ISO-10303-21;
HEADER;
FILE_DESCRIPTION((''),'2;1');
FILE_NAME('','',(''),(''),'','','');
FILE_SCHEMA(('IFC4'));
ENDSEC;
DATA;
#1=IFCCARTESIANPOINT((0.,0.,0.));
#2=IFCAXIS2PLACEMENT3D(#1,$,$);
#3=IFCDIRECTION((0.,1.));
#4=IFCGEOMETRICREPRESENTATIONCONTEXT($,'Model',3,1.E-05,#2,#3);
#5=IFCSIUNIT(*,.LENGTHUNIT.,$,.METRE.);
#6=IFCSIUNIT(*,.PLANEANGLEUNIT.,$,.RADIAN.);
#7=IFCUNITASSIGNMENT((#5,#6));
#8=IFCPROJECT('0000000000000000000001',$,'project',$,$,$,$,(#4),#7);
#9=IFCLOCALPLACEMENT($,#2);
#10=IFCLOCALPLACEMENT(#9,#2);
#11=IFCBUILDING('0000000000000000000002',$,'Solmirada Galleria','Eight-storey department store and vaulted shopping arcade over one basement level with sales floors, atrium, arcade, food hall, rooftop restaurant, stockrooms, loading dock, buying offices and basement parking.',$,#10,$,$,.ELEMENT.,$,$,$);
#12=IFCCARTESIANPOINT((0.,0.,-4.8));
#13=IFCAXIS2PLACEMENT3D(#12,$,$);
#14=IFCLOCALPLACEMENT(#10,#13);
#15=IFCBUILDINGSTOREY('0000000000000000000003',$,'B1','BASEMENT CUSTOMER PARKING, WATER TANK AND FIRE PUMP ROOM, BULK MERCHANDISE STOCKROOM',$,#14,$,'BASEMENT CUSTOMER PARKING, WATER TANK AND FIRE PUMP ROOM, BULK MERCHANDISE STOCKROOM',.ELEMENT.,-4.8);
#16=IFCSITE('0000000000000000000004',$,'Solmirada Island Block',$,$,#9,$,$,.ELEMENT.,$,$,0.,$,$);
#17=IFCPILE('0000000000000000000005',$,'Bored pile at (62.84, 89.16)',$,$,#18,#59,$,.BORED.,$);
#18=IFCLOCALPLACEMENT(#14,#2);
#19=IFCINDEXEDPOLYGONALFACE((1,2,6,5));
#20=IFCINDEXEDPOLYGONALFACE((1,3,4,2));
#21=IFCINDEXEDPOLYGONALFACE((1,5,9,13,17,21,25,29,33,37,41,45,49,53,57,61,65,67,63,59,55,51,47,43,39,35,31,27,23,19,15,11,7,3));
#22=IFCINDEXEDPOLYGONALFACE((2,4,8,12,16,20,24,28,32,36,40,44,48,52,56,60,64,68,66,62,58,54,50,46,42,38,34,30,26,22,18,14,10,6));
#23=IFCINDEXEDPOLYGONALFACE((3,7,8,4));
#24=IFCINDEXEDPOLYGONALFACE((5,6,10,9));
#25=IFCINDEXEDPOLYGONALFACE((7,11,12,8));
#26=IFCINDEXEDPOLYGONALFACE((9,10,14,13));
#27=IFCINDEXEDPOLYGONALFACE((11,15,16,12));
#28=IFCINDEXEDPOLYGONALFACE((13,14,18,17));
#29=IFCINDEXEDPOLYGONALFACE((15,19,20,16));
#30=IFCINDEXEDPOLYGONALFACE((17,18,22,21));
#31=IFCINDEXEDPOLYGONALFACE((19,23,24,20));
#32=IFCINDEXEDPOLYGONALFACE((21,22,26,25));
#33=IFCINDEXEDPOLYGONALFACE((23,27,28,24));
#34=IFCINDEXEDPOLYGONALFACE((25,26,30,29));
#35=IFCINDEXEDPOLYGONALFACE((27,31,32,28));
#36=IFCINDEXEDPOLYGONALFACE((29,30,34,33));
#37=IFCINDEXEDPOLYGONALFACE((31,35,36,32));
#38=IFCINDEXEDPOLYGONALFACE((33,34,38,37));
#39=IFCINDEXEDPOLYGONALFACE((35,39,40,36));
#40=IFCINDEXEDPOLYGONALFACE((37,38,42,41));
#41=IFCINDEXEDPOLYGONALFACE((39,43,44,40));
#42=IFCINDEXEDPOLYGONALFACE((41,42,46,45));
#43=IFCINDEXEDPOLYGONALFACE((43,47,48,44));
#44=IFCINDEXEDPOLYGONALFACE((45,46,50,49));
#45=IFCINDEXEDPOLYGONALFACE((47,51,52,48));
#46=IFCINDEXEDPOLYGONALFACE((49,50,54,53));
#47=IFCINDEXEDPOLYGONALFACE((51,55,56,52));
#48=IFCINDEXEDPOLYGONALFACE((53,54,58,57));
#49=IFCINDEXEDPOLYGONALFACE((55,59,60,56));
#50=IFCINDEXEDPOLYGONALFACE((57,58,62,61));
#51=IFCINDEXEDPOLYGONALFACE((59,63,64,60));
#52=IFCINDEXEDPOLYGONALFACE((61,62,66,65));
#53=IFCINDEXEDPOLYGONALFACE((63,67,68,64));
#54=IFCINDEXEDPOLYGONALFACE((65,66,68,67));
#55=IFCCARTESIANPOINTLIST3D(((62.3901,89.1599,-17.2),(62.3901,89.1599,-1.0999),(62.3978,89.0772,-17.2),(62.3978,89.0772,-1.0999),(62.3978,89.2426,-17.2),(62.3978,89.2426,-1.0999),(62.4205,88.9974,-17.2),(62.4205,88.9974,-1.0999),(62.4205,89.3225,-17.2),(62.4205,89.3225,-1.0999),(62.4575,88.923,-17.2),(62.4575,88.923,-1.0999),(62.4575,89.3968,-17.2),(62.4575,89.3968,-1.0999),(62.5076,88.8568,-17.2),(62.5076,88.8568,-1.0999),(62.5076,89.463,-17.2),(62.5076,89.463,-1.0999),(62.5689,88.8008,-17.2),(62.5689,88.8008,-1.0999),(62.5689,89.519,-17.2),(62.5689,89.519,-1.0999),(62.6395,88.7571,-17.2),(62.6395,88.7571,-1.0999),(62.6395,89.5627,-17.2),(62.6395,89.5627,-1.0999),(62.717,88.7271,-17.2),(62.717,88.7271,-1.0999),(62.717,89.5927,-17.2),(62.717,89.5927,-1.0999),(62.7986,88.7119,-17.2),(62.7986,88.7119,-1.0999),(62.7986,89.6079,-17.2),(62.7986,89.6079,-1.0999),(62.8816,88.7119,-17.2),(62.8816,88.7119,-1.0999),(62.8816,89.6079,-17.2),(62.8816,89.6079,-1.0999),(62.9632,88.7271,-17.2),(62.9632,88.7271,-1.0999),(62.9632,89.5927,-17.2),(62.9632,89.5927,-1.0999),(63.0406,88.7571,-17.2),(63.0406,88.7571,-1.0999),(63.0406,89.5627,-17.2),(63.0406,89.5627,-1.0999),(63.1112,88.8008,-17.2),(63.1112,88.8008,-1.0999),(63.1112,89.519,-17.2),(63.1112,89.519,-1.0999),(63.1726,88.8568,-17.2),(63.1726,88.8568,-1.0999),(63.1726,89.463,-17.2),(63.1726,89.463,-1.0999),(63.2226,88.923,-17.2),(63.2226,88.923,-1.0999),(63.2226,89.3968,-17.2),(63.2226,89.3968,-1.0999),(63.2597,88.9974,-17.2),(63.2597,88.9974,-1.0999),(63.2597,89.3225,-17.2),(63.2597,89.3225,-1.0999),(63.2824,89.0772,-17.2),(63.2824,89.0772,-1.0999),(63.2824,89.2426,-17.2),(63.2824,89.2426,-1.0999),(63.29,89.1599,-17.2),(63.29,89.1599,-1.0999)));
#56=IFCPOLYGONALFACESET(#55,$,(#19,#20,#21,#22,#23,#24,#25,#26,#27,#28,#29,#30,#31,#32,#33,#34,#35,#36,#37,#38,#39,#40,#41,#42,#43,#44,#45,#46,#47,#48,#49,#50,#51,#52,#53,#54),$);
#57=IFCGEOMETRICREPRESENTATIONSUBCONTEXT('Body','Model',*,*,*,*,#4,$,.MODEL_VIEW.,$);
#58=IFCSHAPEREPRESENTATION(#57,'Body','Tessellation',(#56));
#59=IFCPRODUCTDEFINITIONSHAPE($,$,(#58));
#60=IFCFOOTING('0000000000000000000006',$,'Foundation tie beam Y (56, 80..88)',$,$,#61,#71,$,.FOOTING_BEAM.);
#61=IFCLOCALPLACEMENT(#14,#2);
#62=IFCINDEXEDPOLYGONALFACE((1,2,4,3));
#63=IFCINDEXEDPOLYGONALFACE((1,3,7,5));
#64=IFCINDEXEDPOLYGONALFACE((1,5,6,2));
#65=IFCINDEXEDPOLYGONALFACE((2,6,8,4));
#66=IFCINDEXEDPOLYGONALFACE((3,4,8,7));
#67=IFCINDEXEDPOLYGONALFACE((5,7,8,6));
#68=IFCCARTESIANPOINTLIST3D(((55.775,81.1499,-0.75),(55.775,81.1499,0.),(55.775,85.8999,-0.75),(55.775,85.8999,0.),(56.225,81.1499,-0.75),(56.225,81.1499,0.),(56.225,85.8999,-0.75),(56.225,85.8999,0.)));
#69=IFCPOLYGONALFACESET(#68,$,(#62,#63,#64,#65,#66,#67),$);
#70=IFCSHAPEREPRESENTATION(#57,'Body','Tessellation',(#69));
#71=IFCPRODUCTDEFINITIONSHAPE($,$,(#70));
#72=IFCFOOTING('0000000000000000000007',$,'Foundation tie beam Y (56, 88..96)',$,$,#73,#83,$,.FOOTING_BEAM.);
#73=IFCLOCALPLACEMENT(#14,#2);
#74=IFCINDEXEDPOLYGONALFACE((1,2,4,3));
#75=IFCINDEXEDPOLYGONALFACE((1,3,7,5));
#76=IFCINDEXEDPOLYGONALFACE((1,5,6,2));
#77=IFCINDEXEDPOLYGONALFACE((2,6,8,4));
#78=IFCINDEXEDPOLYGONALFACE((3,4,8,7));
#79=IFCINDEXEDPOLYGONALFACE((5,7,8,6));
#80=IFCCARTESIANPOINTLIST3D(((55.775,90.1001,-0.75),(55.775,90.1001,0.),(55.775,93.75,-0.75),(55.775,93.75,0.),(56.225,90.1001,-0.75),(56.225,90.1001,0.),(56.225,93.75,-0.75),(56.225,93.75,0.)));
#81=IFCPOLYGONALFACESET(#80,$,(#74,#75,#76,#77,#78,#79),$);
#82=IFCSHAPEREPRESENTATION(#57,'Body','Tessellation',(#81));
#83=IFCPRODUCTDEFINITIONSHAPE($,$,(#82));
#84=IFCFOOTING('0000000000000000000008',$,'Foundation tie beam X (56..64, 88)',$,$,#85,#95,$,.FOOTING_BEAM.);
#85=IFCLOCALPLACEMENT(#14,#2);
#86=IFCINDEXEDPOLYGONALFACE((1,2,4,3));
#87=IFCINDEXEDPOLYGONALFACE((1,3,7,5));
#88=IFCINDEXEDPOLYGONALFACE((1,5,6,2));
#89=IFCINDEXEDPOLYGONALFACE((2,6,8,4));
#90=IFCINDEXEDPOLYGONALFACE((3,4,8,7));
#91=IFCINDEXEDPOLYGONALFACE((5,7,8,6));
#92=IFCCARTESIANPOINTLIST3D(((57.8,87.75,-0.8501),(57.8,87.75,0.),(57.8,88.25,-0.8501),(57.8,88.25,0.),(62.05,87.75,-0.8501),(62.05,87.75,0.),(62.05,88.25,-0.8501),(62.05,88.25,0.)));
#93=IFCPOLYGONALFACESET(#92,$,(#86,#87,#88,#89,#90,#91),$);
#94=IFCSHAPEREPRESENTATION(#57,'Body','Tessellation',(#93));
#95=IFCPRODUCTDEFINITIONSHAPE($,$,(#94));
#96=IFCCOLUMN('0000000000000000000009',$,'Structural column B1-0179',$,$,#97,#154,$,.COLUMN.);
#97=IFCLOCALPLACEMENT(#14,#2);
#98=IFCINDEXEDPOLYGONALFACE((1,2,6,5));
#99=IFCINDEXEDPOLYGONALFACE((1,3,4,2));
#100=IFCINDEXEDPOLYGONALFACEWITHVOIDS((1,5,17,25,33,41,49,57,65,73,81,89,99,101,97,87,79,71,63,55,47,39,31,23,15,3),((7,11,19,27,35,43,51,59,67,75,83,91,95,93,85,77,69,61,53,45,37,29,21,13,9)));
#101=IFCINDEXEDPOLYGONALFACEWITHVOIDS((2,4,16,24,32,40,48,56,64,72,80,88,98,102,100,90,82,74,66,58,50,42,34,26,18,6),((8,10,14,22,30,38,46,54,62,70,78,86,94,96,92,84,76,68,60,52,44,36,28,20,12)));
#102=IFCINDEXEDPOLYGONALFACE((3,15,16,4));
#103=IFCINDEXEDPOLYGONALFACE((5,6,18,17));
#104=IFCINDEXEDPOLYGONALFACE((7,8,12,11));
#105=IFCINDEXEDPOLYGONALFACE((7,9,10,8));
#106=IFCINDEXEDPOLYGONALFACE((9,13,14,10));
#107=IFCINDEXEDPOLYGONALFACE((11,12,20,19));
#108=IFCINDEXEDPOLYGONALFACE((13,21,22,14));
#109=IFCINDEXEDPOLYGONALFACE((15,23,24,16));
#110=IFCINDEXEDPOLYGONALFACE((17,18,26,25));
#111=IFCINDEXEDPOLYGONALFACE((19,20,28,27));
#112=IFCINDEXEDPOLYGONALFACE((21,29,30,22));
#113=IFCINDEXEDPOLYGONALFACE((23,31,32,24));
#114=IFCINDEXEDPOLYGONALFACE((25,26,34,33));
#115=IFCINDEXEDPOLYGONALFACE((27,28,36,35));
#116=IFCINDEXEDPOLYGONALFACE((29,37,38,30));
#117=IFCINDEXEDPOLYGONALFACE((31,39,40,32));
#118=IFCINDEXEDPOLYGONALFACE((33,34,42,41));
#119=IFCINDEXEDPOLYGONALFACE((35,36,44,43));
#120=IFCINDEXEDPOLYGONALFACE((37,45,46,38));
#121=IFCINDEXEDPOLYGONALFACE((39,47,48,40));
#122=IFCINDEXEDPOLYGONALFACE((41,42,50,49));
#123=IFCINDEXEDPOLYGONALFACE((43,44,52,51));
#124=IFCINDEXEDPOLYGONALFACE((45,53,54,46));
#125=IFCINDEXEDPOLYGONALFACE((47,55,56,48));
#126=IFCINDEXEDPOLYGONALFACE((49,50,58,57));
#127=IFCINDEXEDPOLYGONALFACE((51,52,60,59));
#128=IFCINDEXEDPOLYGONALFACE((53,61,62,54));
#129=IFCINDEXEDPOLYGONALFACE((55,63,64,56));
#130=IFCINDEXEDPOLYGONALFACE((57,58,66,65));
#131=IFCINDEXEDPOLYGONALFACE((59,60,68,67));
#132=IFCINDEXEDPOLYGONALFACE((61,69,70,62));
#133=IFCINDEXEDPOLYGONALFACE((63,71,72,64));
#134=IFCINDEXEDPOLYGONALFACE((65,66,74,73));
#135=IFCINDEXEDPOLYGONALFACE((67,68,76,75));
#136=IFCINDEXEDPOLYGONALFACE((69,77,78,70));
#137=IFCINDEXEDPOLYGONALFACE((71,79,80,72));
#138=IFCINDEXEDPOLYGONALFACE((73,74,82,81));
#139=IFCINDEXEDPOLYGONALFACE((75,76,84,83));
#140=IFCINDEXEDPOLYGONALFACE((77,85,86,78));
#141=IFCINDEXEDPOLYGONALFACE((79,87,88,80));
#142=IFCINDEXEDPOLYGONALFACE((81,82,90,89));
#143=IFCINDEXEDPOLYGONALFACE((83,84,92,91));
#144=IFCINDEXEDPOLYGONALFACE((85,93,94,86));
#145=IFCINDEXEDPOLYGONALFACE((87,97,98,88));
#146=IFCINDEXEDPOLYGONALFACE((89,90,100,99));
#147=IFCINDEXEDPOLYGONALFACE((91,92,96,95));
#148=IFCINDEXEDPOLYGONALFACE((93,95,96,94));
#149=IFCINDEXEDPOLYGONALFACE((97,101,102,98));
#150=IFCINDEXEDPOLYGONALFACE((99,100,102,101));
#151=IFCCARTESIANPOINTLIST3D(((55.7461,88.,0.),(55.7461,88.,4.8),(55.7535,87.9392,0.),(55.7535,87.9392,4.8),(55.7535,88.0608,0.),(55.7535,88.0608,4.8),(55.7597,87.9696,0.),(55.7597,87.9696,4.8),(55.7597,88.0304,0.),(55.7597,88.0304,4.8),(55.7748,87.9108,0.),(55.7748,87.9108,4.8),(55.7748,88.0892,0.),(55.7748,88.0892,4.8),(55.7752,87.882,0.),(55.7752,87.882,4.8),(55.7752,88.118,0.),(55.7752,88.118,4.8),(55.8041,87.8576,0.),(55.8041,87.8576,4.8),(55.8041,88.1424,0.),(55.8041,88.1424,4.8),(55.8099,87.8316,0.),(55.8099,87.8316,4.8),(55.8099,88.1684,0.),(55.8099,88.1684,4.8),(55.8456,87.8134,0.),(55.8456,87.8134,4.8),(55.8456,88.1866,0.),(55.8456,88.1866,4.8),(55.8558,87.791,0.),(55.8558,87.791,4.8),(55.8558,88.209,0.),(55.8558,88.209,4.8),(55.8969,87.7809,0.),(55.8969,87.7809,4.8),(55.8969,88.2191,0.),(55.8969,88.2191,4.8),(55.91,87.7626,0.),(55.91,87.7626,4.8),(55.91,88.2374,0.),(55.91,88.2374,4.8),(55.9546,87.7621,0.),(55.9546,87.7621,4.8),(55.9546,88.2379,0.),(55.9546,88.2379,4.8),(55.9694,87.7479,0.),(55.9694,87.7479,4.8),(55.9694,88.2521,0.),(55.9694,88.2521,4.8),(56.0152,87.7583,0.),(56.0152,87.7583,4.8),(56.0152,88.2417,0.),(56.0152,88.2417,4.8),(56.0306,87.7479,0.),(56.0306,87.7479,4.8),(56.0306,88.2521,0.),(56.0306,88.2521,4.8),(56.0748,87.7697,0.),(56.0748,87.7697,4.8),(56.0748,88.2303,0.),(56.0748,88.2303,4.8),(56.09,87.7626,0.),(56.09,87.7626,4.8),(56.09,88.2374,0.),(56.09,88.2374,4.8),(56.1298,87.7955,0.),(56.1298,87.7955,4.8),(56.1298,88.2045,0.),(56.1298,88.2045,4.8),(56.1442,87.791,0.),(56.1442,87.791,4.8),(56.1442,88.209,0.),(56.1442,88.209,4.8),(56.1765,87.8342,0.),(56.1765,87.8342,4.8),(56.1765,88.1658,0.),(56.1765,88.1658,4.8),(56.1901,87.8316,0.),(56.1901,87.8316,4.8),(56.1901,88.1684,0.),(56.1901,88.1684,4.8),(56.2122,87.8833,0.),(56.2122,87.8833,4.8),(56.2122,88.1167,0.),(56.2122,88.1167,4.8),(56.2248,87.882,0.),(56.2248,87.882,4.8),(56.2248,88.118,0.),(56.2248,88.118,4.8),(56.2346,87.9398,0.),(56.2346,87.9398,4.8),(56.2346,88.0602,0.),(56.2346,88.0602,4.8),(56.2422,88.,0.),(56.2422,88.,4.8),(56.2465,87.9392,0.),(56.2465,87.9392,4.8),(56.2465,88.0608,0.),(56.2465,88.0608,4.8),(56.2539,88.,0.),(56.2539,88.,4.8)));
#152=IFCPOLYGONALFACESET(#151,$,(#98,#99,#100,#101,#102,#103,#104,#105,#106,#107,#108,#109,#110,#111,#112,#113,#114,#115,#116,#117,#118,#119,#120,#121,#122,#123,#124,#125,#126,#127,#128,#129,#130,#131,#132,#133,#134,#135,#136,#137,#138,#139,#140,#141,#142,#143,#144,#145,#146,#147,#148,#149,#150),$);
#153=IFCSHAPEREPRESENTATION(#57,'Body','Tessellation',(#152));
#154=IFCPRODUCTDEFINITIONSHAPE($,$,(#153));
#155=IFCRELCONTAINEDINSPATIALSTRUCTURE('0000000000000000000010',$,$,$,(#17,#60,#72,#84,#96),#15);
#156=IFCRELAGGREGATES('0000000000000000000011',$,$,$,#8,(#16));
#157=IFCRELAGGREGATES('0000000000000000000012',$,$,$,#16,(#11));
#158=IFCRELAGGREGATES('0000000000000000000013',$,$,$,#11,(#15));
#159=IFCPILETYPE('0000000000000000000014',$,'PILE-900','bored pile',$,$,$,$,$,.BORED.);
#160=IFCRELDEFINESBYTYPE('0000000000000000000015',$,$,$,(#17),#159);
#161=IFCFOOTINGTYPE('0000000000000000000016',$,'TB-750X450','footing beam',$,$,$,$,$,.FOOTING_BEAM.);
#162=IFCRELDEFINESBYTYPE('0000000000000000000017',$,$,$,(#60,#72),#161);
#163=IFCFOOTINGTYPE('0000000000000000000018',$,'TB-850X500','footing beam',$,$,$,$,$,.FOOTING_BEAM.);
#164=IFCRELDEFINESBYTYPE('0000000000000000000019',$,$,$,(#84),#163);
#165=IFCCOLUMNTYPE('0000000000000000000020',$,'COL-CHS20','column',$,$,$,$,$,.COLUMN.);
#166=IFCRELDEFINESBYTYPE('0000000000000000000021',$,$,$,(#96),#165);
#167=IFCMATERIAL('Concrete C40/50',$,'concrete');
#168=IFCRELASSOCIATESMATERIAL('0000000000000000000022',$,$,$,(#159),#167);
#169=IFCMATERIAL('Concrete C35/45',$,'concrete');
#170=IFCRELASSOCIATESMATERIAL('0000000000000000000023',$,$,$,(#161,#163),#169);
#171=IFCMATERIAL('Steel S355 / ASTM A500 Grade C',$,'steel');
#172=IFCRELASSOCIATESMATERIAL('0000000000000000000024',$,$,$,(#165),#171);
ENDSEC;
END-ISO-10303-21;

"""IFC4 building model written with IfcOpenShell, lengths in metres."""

from ifc_helpers import new_model, si_unit, direction, frame, origin, origin_2d, place, context, subcontext, project, spatial, rectangle, circle, hollow_circle, extrude, material, material_profile, profile_set, type_object, element, save


model = new_model("IFC4")

# Units and contexts
model_context = context("Model", 3, precision=1e-05, world=origin(), true_north=direction((0.0, 1.0)))
body_context = subcontext(model_context, "Body", "Model", "MODEL_VIEW")
ifc_project = project(units=[si_unit("LENGTHUNIT", "METRE"), si_unit("PLANEANGLEUNIT", "RADIAN")], contexts=[model_context])

# Site, building, storey
site_placement = place(None, origin())
site = spatial("IfcSite", under=ifc_project, at=site_placement, Name="Solmirada Island Block", CompositionType="ELEMENT", RefElevation=0.0)
building_placement = place(site_placement, origin())
building = spatial("IfcBuilding", under=site, at=building_placement, Name="Solmirada Galleria", Description="Eight-storey department store and vaulted shopping arcade over one basement level with sales floors, atrium, arcade, food hall, rooftop restaurant, stockrooms, loading dock, buying offices and basement parking.", CompositionType="ELEMENT")
storey_placement = place(building_placement, frame((0.0, 0.0, -4.8)))
storey = spatial("IfcBuildingStorey", under=building, at=storey_placement, Name="B1", Description="BASEMENT CUSTOMER PARKING, WATER TANK AND FIRE PUMP ROOM, BULK MERCHANDISE STOCKROOM", LongName="BASEMENT CUSTOMER PARKING, WATER TANK AND FIRE PUMP ROOM, BULK MERCHANDISE STOCKROOM", CompositionType="ELEMENT", Elevation=-4.8)

# Shared definitions
ifc_material_1 = material(Name="Concrete C35/45", Category="concrete")

# Pile
ifc_material_2 = material(Name="Concrete C40/50", Category="concrete")
ifc_material_profile_1 = material_profile(ifc_material_2, circle(Radius=0.45, at=origin_2d()), Name="PILE900")
ifc_profile_set_1 = profile_set([ifc_material_profile_1], Name="Concrete C40/50")
pile_type = type_object("IfcPileType", Name="PILE-900", Description="bored pile", PredefinedType="BORED", material=ifc_profile_set_1)
for number, where, z_axis, x_axis, name in (
    (1, (62.8401, 89.1599, -1.0999), (0.0, 0.0, -1.0), (1.0, 0.0, 0.0), "Bored pile at (62.84, 89.16)"),
):
    element("IfcPile", number, at=place(storey_placement, frame(where, z_axis=z_axis, x_axis=x_axis)), inside=storey, type_object=pile_type, Name=name, PredefinedType="BORED", context=body_context, shape_type="SweptSolid", body=[
        extrude(circle(Radius=0.45, at=origin_2d()), origin(), (0.0, 0.0, 1.0), 16.1001),
    ])

# Footings
ifc_material_profile_2 = material_profile(ifc_material_1, rectangle(XDim=0.45, YDim=0.75, at=origin_2d()), Name="RC750X450")
ifc_profile_set_2 = profile_set([ifc_material_profile_2], Name="Concrete C35/45")
footing_type_1 = type_object("IfcFootingType", Name="TB-750X450", Description="footing beam", PredefinedType="FOOTING_BEAM", material=ifc_profile_set_2)
footing_1_placement = place(storey_placement, frame((56.0, 81.1499, -0.375), z_axis=(0.0, 1.0, 0.0), x_axis=(-1.0, 0.0, 0.0)))
element("IfcFooting", 2, at=footing_1_placement, inside=storey, type_object=footing_type_1, Name="Foundation tie beam Y (56, 80..88)", PredefinedType="FOOTING_BEAM", context=body_context, shape_type="SweptSolid", body=[
    extrude(rectangle(XDim=0.45, YDim=0.75, at=origin_2d()), origin(), (0.0, 0.0, 1.0), 4.75),
])
footing_2_placement = place(storey_placement, frame((56.0, 90.1001, -0.375), z_axis=(0.0, 1.0, 0.0), x_axis=(-1.0, 0.0, 0.0)))
element("IfcFooting", 3, at=footing_2_placement, inside=storey, type_object=footing_type_1, Name="Foundation tie beam Y (56, 88..96)", PredefinedType="FOOTING_BEAM", context=body_context, shape_type="SweptSolid", body=[
    extrude(rectangle(XDim=0.45, YDim=0.75, at=origin_2d()), origin(), (0.0, 0.0, 1.0), 3.6499),
])
ifc_material_profile_3 = material_profile(ifc_material_1, rectangle(XDim=0.5, YDim=0.8501, at=origin_2d()), Name="RC850X500")
ifc_profile_set_3 = profile_set([ifc_material_profile_3], Name="Concrete C35/45")
footing_type_2 = type_object("IfcFootingType", Name="TB-850X500", Description="footing beam", PredefinedType="FOOTING_BEAM", material=ifc_profile_set_3)
footing_3_placement = place(storey_placement, frame((57.8, 88.0, -0.425), z_axis=(1.0, 0.0, 0.0), x_axis=(0.0, 1.0, 0.0)))
element("IfcFooting", 4, at=footing_3_placement, inside=storey, type_object=footing_type_2, Name="Foundation tie beam X (56..64, 88)", PredefinedType="FOOTING_BEAM", context=body_context, shape_type="SweptSolid", body=[
    extrude(rectangle(XDim=0.5, YDim=0.8501, at=origin_2d()), origin(), (0.0, 0.0, 1.0), 4.25),
])

# Column
ifc_material_3 = material(Name="Steel S355 / ASTM A500 Grade C", Category="steel")
ifc_material_profile_4 = material_profile(ifc_material_3, hollow_circle(Radius=0.2539, WallThickness=0.0117, at=origin_2d()), Name="HSS20.000X0.500")
ifc_profile_set_4 = profile_set([ifc_material_profile_4], Name="Steel S355 / ASTM A500 Grade C")
column_type = type_object("IfcColumnType", Name="COL-CHS20", Description="column", PredefinedType="COLUMN", material=ifc_profile_set_4)
column_placement = place(storey_placement, frame((56.0, 88.0, 0.0), z_axis=(0.0, 0.0, 1.0), x_axis=(1.0, 0.0, 0.0)))
element("IfcColumn", 5, at=column_placement, inside=storey, type_object=column_type, Name="Structural column B1-0179", PredefinedType="COLUMN", context=body_context, shape_type="SweptSolid", body=[
    extrude(hollow_circle(Radius=0.2539, WallThickness=0.0117, at=origin_2d()), origin(), (0.0, 0.0, 1.0), 4.8),
])

save(model, "model.ifc")
